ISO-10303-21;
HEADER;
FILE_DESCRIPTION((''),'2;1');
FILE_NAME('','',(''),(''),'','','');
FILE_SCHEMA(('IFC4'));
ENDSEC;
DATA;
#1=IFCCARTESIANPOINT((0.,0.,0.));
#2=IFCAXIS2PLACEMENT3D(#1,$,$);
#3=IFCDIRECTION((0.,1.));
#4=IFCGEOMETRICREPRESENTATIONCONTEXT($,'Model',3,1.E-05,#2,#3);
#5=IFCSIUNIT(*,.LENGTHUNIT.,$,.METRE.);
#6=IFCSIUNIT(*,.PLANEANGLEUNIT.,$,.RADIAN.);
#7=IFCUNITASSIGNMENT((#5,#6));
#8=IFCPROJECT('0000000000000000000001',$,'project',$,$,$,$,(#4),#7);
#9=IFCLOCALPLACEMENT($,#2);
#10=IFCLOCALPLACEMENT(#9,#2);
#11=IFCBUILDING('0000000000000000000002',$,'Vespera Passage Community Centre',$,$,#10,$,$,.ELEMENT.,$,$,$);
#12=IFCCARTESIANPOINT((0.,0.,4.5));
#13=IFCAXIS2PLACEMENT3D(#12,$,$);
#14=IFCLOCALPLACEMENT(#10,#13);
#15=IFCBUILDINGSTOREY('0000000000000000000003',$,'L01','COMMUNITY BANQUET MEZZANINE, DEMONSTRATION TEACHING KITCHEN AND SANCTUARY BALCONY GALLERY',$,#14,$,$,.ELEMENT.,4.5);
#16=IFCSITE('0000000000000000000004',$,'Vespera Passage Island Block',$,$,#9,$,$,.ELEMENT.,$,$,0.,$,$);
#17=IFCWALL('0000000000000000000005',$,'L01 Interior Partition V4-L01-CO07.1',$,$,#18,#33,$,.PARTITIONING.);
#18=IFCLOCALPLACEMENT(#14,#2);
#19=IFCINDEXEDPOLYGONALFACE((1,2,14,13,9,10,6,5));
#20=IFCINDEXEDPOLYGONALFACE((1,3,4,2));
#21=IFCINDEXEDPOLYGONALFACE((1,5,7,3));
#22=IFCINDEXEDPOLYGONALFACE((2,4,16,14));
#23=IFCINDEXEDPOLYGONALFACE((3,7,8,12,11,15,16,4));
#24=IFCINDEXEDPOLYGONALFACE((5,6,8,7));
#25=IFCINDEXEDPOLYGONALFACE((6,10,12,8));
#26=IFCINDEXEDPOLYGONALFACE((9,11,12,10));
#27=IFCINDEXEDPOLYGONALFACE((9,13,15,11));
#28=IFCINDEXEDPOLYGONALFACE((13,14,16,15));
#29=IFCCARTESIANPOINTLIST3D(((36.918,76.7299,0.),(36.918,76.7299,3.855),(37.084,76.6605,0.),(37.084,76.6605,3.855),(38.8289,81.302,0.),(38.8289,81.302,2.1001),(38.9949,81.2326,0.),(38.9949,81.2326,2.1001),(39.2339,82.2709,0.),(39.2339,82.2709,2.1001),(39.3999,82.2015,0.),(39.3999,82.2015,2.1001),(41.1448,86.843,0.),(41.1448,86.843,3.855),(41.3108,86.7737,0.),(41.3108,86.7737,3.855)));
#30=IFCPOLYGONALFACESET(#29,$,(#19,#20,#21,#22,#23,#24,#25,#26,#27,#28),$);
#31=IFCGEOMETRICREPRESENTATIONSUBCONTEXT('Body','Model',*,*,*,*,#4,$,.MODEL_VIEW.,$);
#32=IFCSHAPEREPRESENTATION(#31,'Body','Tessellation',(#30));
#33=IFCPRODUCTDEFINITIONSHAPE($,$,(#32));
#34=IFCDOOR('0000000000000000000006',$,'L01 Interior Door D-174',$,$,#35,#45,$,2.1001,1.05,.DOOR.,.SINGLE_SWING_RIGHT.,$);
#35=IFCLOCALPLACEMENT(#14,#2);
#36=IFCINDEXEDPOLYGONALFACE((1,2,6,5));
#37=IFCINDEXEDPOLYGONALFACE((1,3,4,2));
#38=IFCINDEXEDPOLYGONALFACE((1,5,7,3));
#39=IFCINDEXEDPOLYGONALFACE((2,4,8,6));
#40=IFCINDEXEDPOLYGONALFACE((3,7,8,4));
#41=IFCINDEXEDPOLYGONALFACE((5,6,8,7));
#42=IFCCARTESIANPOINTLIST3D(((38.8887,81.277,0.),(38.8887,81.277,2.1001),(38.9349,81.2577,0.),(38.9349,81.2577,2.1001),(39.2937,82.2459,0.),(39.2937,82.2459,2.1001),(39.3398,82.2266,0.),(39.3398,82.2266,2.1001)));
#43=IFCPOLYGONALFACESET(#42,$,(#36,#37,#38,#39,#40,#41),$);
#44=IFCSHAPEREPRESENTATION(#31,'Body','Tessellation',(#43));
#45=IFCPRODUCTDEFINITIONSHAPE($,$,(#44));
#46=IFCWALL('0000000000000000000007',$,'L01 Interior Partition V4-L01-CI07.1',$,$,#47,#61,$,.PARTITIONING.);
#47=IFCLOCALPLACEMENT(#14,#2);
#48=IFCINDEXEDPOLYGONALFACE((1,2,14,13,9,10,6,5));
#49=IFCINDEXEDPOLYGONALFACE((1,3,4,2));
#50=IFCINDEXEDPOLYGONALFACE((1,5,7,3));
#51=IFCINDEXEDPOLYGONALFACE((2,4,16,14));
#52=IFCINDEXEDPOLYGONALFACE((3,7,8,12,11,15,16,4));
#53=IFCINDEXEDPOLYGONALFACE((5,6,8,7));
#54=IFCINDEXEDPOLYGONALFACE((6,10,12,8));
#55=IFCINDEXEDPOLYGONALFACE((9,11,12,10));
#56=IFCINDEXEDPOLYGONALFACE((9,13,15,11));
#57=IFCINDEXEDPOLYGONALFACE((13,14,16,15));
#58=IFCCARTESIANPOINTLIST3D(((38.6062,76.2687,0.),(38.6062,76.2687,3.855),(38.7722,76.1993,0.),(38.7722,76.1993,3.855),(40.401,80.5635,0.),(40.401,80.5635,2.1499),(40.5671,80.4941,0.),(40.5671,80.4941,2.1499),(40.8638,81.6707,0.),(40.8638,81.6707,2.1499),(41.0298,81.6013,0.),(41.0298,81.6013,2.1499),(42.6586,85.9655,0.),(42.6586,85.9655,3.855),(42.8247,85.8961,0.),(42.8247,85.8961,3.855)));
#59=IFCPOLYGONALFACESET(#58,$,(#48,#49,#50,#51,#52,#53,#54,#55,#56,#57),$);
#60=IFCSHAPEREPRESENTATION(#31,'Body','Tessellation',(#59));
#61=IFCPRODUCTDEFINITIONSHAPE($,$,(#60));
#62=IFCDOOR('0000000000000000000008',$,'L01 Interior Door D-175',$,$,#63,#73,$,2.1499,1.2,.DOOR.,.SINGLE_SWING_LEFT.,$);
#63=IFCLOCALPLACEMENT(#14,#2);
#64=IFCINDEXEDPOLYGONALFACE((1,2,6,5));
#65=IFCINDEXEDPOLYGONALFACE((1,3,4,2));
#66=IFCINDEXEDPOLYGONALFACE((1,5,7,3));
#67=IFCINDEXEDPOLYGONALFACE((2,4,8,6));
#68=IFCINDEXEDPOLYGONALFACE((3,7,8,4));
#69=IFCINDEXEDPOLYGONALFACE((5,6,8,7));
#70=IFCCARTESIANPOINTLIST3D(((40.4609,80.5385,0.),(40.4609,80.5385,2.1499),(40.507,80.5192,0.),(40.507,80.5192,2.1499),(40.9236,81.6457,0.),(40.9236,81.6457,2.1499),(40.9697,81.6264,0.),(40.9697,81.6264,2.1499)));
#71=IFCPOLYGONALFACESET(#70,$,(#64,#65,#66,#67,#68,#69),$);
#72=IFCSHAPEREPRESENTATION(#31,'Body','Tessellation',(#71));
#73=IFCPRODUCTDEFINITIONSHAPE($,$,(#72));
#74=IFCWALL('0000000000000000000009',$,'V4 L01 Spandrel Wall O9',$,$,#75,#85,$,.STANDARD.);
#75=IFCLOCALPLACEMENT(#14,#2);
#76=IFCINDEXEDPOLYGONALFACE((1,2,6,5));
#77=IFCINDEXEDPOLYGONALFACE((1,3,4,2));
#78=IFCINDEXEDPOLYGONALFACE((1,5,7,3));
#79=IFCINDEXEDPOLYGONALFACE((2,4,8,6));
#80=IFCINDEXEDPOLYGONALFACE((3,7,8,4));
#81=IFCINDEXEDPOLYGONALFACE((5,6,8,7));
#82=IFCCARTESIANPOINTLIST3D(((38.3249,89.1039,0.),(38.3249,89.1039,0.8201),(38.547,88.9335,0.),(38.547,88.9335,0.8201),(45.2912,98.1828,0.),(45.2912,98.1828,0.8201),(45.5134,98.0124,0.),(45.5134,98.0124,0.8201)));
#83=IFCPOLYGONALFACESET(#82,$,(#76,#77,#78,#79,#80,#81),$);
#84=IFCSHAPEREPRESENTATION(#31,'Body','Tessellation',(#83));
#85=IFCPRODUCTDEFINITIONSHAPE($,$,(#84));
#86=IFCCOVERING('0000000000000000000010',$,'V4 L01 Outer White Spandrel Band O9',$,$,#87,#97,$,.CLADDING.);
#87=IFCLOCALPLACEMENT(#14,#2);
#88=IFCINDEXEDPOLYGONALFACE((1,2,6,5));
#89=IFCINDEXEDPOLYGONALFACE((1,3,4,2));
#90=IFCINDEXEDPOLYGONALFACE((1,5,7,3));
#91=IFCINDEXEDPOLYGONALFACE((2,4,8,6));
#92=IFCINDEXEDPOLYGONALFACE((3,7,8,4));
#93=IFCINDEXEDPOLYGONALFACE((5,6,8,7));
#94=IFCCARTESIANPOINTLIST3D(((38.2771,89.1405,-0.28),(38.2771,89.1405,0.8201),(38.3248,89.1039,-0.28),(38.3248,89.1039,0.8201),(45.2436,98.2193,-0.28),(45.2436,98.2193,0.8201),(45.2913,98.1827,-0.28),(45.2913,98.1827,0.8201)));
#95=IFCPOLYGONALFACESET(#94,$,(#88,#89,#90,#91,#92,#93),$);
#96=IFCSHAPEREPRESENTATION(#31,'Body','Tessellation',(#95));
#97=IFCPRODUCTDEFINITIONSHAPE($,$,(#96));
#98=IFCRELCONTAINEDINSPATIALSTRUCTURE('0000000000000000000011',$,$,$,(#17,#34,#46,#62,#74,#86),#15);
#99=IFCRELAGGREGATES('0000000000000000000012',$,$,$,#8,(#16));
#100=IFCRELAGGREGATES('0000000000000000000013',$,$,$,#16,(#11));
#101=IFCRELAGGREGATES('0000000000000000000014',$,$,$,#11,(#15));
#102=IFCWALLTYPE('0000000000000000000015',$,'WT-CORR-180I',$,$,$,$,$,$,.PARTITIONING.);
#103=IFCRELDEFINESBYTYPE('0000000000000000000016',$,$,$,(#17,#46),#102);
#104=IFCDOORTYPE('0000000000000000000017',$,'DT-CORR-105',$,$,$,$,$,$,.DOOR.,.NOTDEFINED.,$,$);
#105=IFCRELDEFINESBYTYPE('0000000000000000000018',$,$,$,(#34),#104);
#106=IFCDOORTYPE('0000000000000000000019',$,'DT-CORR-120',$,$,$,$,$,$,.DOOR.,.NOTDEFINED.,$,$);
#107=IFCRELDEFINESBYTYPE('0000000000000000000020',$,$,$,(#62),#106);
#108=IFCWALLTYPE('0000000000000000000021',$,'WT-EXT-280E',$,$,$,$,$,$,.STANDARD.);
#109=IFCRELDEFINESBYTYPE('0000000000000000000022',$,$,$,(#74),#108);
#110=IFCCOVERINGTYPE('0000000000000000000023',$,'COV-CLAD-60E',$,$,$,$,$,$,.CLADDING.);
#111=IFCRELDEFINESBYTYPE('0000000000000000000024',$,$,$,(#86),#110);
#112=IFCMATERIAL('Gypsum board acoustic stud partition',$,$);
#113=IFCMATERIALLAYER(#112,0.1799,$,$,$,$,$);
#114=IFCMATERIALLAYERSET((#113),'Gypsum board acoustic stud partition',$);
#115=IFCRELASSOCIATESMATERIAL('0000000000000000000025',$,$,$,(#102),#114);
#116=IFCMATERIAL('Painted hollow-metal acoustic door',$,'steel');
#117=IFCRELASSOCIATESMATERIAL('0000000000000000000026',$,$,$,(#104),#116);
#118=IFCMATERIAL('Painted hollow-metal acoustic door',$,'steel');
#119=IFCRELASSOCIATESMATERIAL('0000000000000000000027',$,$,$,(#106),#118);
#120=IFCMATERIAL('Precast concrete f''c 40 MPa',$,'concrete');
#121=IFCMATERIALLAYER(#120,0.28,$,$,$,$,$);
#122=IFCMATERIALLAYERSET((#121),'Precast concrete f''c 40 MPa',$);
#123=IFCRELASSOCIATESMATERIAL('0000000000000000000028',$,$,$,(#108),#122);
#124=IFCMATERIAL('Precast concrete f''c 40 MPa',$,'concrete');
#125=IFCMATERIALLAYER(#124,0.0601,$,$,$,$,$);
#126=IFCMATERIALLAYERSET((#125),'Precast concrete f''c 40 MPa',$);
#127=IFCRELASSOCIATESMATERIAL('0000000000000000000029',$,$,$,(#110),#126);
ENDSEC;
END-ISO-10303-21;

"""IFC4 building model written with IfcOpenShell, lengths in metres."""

from ifc_helpers import new_model, si_unit, direction, frame, frame_2d, origin, place, context, subcontext, project, spatial, rectangle, extrude, material, layer, layer_set, type_object, element, fill, save


model = new_model("IFC4")

# Units and contexts
model_context = context("Model", 3, precision=1e-05, world=origin(), true_north=direction((0.0, 1.0)))
body_context = subcontext(model_context, "Body", "Model", "MODEL_VIEW")
ifc_project = project(units=[si_unit("LENGTHUNIT", "METRE"), si_unit("PLANEANGLEUNIT", "RADIAN")], contexts=[model_context])

# Site, building, storey
site_placement = place(None, origin())
site = spatial("IfcSite", under=ifc_project, at=site_placement, Name="Vespera Passage Island Block", CompositionType="ELEMENT", RefElevation=0.0)
building_placement = place(site_placement, origin())
building = spatial("IfcBuilding", under=site, at=building_placement, Name="Vespera Passage Community Centre", CompositionType="ELEMENT")
storey_placement = place(building_placement, frame((0.0, 0.0, 4.5)))
storey = spatial("IfcBuildingStorey", under=building, at=storey_placement, Name="L01", Description="COMMUNITY BANQUET MEZZANINE, DEMONSTRATION TEACHING KITCHEN AND SANCTUARY BALCONY GALLERY", CompositionType="ELEMENT", Elevation=4.5)

# Walls, openings, doors
ifc_material_1 = material(Name="Gypsum board acoustic stud partition")
ifc_layer_1 = layer(ifc_material_1, 0.1799)
ifc_layer_set_1 = layer_set([ifc_layer_1], Name="Gypsum board acoustic stud partition")
wall_type_1 = type_object("IfcWallType", Name="WT-CORR-180I", PredefinedType="PARTITIONING", material=ifc_layer_set_1)
wall_1_placement = place(storey_placement, frame((41.2278, 86.8083, 0.0), z_axis=(0.0, 0.0, 1.0), x_axis=(-0.385621, -0.922657, 0.0)))
wall_1 = element("IfcWall", 1, at=wall_1_placement, inside=storey, type_object=wall_type_1, Name="L01 Interior Partition V4-L01-CO07.1", PredefinedType="PARTITIONING", context=body_context, shape_type="SweptSolid", body=[
    extrude(rectangle(XDim=10.9609, YDim=0.1799, at=frame_2d((5.4805, 0.0))), origin(), (0.0, 0.0, 1.0), 3.855),
])
opening_1_placement = place(wall_1_placement, frame((4.9556, 0.0, 0.0)))
opening_1 = element("IfcOpeningElement", 2, at=opening_1_placement, cuts=wall_1, PredefinedType="OPENING", context=body_context, shape_type="SweptSolid", body=[
    extrude(rectangle(XDim=1.05, YDim=2.1001, at=frame_2d((0.5249, 1.05))), frame((0.0, 0.0999, 0.0), z_axis=(0.0, -1.0, 0.0), x_axis=(1.0, 0.0, 0.0)), (0.0, 0.0, 1.0), 0.2),
])
ifc_material_2 = material(Name="Painted hollow-metal acoustic door", Category="steel")
door_type_1 = type_object("IfcDoorType", Name="DT-CORR-105", OperationType="NOTDEFINED", PredefinedType="DOOR", material=ifc_material_2)
door_1_placement = place(opening_1_placement, origin())
door_1 = element("IfcDoor", 3, at=door_1_placement, inside=storey, type_object=door_type_1, Name="L01 Interior Door D-174", OperationType="SINGLE_SWING_RIGHT", OverallHeight=2.1001, OverallWidth=1.05, PredefinedType="DOOR", context=body_context, shape_type="SweptSolid", body=[
    extrude(rectangle(XDim=1.05, YDim=2.1001, at=frame_2d((0.5249, 1.05))), frame((0.0, 0.0249, 0.0), z_axis=(0.0, -1.0, 0.0), x_axis=(1.0, 0.0, 0.0)), (0.0, 0.0, 1.0), 0.05),
])
fill(opening_1, door_1)
wall_2_placement = place(storey_placement, frame((42.7417, 85.9309, 0.0), z_axis=(0.0, 0.0, 1.0), x_axis=(-0.385602, -0.922665, 0.0)))
wall_2 = element("IfcWall", 4, at=wall_2_placement, inside=storey, type_object=wall_type_1, Name="L01 Interior Partition V4-L01-CI07.1", PredefinedType="PARTITIONING", context=body_context, shape_type="SweptSolid", body=[
    extrude(rectangle(XDim=10.5095, YDim=0.1799, at=frame_2d((5.2549, 0.0))), origin(), (0.0, 0.0, 1.0), 3.855),
])
opening_2_placement = place(wall_2_placement, frame((4.6548, 0.0, 0.0)))
opening_2 = element("IfcOpeningElement", 5, at=opening_2_placement, cuts=wall_2, PredefinedType="OPENING", context=body_context, shape_type="SweptSolid", body=[
    extrude(rectangle(XDim=1.2, YDim=2.1499, at=frame_2d((0.6001, 1.075))), frame((0.0, 0.0999, 0.0), z_axis=(0.0, -1.0, 0.0), x_axis=(1.0, 0.0, 0.0)), (0.0, 0.0, 1.0), 0.2),
])
ifc_material_3 = material(Name="Painted hollow-metal acoustic door", Category="steel")
door_type_2 = type_object("IfcDoorType", Name="DT-CORR-120", OperationType="NOTDEFINED", PredefinedType="DOOR", material=ifc_material_3)
door_2_placement = place(opening_2_placement, origin())
door_2 = element("IfcDoor", 6, at=door_2_placement, inside=storey, type_object=door_type_2, Name="L01 Interior Door D-175", OperationType="SINGLE_SWING_LEFT", OverallHeight=2.1499, OverallWidth=1.2, PredefinedType="DOOR", context=body_context, shape_type="SweptSolid", body=[
    extrude(rectangle(XDim=1.2, YDim=2.1499, at=frame_2d((0.6001, 1.075))), frame((0.0, 0.0249, 0.0), z_axis=(0.0, -1.0, 0.0), x_axis=(1.0, 0.0, 0.0)), (0.0, 0.0, 1.0), 0.05),
])
fill(opening_2, door_2)

# Wall
ifc_material_4 = material(Name="Precast concrete f'c 40 MPa", Category="concrete")
ifc_layer_2 = layer(ifc_material_4, 0.28)
ifc_layer_set_2 = layer_set([ifc_layer_2], Name="Precast concrete f'c 40 MPa")
wall_type_2 = type_object("IfcWallType", Name="WT-EXT-280E", PredefinedType="STANDARD", material=ifc_layer_set_2)
wall_3_placement = place(storey_placement, frame((38.436, 89.0188, 0.0), z_axis=(0.0, 0.0, 1.0), x_axis=(0.608754, 0.793359, 0.0)))
element("IfcWall", 7, at=wall_3_placement, inside=storey, type_object=wall_type_2, Name="V4 L01 Spandrel Wall O9", PredefinedType="STANDARD", context=body_context, shape_type="SweptSolid", body=[
    extrude(rectangle(XDim=11.4436, YDim=0.28, at=frame_2d((5.7217, 0.0))), origin(), (0.0, 0.0, 1.0), 0.8201),
])

# Covering
ifc_material_5 = material(Name="Precast concrete f'c 40 MPa", Category="concrete")
ifc_layer_3 = layer(ifc_material_5, 0.0601)
ifc_layer_set_3 = layer_set([ifc_layer_3], Name="Precast concrete f'c 40 MPa")
covering_type = type_object("IfcCoveringType", Name="COV-CLAD-60E", PredefinedType="CLADDING", material=ifc_layer_set_3)
covering_placement = place(storey_placement, frame((38.301, 89.1223, -0.28), z_axis=(0.0, 0.0, 1.0), x_axis=(0.608767, 0.793349, 0.0)))
element("IfcCovering", 8, at=covering_placement, inside=storey, type_object=covering_type, Name="V4 L01 Outer White Spandrel Band O9", PredefinedType="CLADDING", context=body_context, shape_type="SweptSolid", body=[
    extrude(rectangle(XDim=11.4436, YDim=0.0601, at=frame_2d((5.7217, 0.0))), origin(), (0.0, 0.0, 1.0), 1.1001),
])

save(model, "model.ifc")
